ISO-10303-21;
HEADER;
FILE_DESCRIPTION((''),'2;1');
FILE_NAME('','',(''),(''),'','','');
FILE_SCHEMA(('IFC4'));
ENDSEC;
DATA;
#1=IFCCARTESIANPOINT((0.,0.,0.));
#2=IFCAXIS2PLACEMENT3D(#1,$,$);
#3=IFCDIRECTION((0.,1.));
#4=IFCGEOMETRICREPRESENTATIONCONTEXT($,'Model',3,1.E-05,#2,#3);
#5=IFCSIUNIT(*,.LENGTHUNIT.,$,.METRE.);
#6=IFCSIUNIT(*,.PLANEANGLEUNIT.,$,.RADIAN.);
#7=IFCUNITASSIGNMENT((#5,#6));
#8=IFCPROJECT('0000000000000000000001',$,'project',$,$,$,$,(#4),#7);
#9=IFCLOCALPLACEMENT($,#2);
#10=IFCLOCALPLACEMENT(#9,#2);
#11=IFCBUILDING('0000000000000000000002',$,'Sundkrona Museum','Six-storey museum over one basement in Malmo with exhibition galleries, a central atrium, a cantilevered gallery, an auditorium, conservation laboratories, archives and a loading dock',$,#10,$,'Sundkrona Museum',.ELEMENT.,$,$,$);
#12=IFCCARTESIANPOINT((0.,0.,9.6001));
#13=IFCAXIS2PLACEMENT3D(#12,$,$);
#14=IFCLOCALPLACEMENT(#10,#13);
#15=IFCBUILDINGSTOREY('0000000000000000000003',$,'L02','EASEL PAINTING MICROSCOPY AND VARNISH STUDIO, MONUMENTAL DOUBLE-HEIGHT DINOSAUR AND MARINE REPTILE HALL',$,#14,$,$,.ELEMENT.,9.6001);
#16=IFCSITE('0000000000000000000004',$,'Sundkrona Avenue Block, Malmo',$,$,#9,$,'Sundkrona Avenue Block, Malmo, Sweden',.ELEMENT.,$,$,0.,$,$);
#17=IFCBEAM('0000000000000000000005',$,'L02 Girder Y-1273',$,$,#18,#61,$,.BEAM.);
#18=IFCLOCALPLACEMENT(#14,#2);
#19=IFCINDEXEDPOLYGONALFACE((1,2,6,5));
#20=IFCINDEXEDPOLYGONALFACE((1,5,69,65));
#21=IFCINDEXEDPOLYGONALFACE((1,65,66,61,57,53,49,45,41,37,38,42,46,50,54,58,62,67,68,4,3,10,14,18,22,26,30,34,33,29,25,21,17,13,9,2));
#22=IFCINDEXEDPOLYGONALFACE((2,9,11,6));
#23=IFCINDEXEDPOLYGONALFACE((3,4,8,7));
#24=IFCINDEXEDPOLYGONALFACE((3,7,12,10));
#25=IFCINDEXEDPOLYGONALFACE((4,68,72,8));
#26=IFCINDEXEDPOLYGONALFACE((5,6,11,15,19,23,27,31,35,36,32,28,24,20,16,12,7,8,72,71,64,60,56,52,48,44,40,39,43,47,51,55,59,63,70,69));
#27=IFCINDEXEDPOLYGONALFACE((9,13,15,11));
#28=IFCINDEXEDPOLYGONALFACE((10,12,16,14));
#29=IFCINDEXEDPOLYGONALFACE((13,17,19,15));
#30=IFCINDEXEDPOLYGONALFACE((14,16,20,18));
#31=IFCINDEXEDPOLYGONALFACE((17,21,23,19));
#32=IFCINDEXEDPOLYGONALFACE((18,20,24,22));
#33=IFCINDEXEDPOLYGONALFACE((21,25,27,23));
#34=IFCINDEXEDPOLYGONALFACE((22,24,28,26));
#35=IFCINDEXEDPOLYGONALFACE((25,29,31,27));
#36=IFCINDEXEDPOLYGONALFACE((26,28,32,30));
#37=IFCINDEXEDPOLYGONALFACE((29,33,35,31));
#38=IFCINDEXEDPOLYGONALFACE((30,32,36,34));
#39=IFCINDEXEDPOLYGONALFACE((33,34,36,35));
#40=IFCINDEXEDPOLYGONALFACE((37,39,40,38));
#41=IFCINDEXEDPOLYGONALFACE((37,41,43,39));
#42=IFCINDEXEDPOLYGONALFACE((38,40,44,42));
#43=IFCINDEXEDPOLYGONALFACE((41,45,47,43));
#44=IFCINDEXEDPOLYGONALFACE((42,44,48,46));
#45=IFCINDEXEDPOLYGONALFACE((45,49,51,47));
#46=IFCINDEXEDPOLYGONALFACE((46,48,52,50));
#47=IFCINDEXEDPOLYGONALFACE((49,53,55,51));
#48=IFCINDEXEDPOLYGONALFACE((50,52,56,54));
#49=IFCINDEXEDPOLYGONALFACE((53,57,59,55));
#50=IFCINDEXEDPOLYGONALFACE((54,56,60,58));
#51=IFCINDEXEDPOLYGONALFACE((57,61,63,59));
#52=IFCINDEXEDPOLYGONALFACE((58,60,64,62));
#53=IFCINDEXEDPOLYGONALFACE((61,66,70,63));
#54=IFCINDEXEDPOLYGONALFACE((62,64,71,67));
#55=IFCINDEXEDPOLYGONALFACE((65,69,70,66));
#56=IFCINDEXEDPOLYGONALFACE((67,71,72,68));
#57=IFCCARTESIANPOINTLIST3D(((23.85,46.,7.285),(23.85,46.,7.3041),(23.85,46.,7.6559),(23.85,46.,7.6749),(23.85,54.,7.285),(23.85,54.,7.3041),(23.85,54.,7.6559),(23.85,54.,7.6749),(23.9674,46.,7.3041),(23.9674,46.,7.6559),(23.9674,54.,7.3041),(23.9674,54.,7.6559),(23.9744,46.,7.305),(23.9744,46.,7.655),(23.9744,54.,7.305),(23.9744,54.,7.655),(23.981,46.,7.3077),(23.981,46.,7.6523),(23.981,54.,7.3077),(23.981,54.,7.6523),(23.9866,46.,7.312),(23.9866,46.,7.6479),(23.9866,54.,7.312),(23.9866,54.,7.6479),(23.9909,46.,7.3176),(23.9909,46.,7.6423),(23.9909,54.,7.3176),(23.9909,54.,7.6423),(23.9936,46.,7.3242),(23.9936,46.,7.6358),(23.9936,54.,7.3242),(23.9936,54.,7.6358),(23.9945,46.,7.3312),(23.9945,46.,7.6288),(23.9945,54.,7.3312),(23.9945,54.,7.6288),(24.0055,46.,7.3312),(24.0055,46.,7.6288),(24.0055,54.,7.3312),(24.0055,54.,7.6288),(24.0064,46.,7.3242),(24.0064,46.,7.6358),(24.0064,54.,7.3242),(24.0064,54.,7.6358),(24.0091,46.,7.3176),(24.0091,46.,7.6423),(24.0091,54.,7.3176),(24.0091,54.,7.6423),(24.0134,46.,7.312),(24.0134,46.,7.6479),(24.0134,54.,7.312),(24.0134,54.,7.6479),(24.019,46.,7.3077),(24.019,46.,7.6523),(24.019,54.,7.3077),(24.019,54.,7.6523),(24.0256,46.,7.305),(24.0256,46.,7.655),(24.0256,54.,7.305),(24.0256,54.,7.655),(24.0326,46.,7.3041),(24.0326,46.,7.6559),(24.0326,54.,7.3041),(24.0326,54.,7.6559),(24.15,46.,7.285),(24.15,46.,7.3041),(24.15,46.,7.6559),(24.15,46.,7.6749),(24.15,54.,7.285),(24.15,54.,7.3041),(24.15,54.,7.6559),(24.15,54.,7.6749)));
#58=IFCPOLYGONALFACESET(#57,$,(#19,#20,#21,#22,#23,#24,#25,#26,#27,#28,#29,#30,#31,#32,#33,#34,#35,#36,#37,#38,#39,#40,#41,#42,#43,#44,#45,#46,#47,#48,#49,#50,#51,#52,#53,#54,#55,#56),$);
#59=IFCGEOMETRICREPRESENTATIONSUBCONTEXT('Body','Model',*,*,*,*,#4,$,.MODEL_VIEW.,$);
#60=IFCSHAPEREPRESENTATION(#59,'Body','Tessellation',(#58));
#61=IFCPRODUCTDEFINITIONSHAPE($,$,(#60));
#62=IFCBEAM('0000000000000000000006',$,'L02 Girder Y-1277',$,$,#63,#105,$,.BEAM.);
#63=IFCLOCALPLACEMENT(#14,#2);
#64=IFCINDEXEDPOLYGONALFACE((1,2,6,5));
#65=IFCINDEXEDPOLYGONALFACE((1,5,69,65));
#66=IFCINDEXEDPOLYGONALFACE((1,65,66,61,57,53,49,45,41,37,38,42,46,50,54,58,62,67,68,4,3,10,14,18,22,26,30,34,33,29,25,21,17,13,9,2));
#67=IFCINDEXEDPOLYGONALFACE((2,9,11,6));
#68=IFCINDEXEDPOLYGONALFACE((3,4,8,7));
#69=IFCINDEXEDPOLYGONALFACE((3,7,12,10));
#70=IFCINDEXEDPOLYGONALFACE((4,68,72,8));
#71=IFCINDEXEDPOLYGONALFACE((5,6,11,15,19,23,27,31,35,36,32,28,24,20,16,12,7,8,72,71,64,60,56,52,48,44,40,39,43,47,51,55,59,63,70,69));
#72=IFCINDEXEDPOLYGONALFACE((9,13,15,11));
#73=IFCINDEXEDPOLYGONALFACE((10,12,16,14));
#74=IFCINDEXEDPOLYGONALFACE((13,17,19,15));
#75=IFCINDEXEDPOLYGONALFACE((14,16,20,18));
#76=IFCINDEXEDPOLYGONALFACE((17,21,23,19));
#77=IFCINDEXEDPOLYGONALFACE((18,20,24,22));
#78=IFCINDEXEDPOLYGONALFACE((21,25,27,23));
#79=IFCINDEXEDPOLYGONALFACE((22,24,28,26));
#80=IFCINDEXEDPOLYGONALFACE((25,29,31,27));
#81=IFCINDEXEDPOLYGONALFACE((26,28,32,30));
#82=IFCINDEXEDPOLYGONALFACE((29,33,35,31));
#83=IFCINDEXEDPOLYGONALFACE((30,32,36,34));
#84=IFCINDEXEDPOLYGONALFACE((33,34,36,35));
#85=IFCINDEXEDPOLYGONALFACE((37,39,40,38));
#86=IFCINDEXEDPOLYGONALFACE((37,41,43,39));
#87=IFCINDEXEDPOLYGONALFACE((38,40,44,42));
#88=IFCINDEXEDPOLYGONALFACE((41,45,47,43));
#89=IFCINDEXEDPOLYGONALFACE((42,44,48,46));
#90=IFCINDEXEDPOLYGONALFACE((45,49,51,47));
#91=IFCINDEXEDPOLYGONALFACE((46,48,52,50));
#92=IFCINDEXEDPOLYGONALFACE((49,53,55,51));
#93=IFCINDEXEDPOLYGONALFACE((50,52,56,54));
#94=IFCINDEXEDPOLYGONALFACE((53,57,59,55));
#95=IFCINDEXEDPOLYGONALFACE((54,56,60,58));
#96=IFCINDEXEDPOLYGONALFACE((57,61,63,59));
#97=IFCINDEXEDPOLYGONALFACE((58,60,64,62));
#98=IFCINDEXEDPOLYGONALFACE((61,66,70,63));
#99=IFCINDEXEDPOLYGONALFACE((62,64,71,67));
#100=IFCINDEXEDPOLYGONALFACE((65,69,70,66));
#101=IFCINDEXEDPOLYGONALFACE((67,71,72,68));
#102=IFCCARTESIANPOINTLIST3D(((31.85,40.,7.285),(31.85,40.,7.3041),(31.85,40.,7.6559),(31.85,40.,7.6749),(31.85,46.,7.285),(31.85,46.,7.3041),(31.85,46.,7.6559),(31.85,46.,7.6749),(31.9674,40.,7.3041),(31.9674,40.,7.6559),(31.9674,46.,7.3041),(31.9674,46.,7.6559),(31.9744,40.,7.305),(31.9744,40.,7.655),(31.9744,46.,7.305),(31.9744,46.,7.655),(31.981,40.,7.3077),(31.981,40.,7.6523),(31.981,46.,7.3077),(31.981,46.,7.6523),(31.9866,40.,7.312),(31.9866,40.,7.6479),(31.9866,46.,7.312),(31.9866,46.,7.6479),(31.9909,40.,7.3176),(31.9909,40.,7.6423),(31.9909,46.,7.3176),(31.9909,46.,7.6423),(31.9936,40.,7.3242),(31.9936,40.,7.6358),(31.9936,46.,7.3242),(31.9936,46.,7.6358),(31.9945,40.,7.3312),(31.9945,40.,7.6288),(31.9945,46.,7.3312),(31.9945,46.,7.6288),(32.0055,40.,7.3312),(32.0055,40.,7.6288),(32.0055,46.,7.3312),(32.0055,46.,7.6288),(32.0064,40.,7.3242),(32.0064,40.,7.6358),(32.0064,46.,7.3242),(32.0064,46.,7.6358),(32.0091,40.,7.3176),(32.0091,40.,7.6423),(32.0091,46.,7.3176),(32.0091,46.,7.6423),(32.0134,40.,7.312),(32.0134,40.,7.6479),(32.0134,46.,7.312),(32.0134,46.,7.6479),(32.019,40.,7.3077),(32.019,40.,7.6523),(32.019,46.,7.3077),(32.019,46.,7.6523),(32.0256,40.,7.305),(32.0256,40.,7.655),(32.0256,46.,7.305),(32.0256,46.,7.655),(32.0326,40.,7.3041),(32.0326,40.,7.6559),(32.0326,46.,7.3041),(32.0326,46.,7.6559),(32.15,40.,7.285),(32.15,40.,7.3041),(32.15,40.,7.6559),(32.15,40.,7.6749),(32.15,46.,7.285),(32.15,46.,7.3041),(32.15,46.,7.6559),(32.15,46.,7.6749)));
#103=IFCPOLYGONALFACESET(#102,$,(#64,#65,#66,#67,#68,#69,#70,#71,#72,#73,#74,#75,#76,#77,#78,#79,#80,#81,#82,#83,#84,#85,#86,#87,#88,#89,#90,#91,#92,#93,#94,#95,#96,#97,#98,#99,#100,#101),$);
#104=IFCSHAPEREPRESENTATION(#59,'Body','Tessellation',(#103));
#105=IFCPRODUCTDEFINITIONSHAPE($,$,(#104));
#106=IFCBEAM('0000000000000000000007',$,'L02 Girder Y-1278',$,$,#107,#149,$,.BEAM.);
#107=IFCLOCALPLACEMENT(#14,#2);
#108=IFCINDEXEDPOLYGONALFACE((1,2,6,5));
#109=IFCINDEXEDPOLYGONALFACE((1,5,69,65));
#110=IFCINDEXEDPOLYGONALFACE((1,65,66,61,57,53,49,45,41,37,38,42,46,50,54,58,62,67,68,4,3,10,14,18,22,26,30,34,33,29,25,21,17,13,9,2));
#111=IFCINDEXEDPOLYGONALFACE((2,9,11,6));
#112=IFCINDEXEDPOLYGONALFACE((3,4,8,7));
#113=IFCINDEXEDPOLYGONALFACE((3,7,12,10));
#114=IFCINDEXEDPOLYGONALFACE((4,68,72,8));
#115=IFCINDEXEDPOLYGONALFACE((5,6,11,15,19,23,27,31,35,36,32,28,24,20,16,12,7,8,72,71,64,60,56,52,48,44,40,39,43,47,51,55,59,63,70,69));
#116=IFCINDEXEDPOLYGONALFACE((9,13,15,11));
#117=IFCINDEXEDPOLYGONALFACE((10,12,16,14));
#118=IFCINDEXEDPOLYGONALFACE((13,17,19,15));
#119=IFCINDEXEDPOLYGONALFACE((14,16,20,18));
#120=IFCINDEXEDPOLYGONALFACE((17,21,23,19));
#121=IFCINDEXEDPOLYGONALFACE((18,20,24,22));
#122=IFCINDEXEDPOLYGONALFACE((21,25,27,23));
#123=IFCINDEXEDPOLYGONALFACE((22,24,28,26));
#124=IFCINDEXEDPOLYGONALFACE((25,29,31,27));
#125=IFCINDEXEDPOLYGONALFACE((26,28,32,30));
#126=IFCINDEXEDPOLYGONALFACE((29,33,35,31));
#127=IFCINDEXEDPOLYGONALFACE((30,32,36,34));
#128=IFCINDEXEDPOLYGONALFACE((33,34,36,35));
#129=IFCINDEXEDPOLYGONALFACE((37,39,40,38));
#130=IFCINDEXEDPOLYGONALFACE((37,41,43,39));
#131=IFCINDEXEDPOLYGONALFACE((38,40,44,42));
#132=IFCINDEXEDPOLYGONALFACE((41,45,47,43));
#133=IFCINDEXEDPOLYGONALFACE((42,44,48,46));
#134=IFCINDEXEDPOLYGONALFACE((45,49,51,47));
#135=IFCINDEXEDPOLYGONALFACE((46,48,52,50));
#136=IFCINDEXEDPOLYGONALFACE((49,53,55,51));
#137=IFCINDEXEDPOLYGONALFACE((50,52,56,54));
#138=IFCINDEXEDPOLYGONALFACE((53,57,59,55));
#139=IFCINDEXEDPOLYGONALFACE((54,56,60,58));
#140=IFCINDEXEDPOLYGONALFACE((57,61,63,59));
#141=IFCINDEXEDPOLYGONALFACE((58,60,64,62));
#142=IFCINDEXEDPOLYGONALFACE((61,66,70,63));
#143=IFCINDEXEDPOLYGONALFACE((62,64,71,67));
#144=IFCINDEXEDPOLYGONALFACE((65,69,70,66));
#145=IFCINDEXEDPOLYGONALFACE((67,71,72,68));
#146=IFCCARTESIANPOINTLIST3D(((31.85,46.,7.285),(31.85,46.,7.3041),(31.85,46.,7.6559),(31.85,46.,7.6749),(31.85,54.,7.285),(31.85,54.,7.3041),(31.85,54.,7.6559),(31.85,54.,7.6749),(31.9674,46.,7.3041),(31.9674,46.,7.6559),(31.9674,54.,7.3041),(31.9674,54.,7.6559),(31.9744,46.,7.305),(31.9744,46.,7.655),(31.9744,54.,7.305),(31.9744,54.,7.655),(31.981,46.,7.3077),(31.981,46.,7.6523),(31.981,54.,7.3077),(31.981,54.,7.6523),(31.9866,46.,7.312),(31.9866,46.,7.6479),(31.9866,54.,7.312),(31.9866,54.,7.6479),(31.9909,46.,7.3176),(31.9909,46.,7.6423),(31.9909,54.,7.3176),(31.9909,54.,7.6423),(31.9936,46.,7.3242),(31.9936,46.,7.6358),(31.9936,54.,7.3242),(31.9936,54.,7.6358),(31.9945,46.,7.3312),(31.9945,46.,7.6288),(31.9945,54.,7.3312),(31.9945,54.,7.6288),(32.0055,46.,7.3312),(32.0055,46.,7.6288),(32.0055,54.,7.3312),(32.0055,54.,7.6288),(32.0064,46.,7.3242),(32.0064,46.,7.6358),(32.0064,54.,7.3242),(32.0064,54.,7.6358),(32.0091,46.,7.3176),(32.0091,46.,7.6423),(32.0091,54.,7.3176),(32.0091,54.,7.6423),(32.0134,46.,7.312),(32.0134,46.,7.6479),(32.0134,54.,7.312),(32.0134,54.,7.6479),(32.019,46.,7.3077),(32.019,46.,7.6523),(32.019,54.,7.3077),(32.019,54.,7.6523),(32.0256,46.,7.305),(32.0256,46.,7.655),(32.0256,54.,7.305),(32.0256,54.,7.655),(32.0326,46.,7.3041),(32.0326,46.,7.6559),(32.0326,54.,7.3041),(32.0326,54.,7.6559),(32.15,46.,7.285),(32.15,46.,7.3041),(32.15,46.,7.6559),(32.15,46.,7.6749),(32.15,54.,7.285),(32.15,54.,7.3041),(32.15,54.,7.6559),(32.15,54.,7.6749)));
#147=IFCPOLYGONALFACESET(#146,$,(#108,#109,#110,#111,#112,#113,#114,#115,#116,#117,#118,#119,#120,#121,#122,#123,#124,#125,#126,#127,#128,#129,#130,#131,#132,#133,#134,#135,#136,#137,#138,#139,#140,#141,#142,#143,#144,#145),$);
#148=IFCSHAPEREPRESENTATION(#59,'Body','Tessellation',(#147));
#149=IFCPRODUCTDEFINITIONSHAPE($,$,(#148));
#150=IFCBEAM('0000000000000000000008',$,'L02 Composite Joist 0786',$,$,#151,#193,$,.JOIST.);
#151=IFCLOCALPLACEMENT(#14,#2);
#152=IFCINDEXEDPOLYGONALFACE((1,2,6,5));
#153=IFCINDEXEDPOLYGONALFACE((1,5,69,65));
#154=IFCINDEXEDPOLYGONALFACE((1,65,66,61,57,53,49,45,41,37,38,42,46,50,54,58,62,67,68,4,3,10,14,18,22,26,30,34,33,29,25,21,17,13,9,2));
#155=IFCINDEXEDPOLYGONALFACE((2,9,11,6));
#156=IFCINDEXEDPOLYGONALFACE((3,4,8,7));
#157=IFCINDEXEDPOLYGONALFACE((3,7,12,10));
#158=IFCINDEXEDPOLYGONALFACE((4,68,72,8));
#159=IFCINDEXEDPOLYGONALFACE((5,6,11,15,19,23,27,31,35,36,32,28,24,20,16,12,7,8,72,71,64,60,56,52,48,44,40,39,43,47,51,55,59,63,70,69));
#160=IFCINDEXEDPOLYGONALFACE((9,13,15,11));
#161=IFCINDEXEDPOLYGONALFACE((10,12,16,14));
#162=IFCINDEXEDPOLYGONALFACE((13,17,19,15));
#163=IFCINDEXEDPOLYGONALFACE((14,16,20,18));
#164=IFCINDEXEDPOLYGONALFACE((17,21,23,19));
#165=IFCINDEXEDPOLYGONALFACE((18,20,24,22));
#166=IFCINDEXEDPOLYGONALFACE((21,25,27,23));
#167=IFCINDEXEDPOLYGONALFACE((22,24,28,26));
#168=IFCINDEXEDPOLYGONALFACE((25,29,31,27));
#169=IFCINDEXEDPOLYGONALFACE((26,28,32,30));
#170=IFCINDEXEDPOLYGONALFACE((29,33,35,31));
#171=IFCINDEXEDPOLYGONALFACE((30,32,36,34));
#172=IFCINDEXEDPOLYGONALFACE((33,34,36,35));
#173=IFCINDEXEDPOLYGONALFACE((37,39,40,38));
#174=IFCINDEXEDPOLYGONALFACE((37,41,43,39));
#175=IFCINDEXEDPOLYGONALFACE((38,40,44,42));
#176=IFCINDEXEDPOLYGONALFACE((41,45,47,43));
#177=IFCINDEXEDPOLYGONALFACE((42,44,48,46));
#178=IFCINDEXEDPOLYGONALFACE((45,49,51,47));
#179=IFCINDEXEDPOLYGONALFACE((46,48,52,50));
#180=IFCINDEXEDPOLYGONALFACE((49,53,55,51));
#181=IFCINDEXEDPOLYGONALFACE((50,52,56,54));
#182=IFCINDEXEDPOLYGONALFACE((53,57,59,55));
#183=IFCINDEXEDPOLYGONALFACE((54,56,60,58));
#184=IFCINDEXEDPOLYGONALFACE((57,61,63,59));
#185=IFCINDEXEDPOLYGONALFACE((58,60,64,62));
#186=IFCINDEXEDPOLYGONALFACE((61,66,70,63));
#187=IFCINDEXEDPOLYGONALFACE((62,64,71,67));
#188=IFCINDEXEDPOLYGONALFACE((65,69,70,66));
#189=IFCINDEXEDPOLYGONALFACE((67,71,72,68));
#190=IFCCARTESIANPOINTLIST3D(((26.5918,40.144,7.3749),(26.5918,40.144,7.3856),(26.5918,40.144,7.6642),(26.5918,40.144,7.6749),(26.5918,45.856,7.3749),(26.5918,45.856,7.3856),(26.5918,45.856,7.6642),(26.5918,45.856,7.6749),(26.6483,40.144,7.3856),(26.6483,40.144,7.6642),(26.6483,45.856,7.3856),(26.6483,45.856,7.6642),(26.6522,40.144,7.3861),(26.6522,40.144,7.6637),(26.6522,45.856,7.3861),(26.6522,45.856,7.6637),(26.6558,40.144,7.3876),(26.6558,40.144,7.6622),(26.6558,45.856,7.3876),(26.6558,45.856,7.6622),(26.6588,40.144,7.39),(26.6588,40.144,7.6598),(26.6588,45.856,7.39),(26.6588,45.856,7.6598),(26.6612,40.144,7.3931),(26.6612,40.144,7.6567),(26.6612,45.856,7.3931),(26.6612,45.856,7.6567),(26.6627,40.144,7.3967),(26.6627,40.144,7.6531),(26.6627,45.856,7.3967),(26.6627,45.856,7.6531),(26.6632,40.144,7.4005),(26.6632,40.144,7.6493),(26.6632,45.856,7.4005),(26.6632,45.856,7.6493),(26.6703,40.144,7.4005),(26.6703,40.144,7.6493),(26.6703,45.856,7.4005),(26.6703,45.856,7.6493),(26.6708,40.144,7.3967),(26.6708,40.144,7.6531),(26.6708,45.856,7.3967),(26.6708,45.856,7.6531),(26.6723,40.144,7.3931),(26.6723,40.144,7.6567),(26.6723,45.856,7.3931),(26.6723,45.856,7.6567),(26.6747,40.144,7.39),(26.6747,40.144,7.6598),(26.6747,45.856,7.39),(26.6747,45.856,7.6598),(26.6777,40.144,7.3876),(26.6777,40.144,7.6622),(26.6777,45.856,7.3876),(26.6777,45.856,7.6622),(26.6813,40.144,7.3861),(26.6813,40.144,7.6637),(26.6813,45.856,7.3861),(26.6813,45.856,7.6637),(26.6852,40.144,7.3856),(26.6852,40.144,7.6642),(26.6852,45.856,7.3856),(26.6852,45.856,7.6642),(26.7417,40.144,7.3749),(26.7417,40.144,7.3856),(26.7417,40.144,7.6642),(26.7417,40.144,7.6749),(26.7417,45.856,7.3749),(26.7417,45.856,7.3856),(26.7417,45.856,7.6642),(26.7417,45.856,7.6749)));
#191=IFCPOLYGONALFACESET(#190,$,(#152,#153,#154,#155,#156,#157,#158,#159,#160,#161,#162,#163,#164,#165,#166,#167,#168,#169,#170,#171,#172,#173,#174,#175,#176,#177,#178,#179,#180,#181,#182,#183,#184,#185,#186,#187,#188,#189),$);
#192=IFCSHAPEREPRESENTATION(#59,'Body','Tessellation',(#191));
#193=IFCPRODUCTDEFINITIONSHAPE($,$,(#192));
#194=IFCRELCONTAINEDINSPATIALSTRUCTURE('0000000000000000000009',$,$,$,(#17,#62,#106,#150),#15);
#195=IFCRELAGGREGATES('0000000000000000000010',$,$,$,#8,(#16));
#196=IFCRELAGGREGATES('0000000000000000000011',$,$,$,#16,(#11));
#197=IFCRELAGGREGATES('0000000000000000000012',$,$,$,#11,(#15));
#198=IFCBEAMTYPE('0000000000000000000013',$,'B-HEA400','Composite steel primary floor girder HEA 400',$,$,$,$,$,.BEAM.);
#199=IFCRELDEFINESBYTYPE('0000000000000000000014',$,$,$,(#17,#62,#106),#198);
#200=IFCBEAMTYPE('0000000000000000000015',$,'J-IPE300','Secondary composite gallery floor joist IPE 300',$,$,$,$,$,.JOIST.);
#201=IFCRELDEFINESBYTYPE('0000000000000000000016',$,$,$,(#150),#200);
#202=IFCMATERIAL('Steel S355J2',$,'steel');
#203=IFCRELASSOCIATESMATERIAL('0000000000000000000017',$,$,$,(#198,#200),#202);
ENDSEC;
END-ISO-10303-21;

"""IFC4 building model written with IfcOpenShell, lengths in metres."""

from ifc_helpers import new_model, si_unit, direction, frame, origin, origin_2d, place, context, subcontext, project, spatial, i_section, extrude, material, material_profile, profile_set, type_object, element, save


model = new_model("IFC4")

# Units and contexts
model_context = context("Model", 3, precision=1e-05, world=origin(), true_north=direction((0.0, 1.0)))
body_context = subcontext(model_context, "Body", "Model", "MODEL_VIEW")
ifc_project = project(units=[si_unit("LENGTHUNIT", "METRE"), si_unit("PLANEANGLEUNIT", "RADIAN")], contexts=[model_context])

# Site, building, storey
site_placement = place(None, origin())
site = spatial("IfcSite", under=ifc_project, at=site_placement, Name="Sundkrona Avenue Block, Malmo", LongName="Sundkrona Avenue Block, Malmo, Sweden", CompositionType="ELEMENT", RefElevation=0.0)
building_placement = place(site_placement, origin())
building = spatial("IfcBuilding", under=site, at=building_placement, Name="Sundkrona Museum", Description="Six-storey museum over one basement in Malmo with exhibition galleries, a central atrium, a cantilevered gallery, an auditorium, conservation laboratories, archives and a loading dock", LongName="Sundkrona Museum", CompositionType="ELEMENT")
storey_placement = place(building_placement, frame((0.0, 0.0, 9.6001)))
storey = spatial("IfcBuildingStorey", under=building, at=storey_placement, Name="L02", Description="EASEL PAINTING MICROSCOPY AND VARNISH STUDIO, MONUMENTAL DOUBLE-HEIGHT DINOSAUR AND MARINE REPTILE HALL", CompositionType="ELEMENT", Elevation=9.6001)

# Shared definitions
ifc_material_1 = material(Name="Steel S355J2", Category="steel")

# Beams
ifc_material_profile_1 = material_profile(ifc_material_1, i_section(OverallWidth=0.3, OverallDepth=0.3899, WebThickness=0.011, FlangeThickness=0.019, FilletRadius=0.0271, at=origin_2d()), Name="HEA 400")
ifc_profile_set_1 = profile_set([ifc_material_profile_1], Name="Steel S355J2")
beam_type_1 = type_object("IfcBeamType", Name="B-HEA400", Description="Composite steel primary floor girder HEA 400", PredefinedType="BEAM", material=ifc_profile_set_1)
beam_1_placement = place(storey_placement, frame((24.0, 46.0, 7.48), z_axis=(0.0, 1.0, 0.0), x_axis=(-1.0, 0.0, 0.0)))
element("IfcBeam", 1, at=beam_1_placement, inside=storey, type_object=beam_type_1, Name="L02 Girder Y-1273", PredefinedType="BEAM", context=body_context, shape_type="SweptSolid", body=[
    extrude(i_section(OverallWidth=0.3, OverallDepth=0.3899, WebThickness=0.011, FlangeThickness=0.019, FilletRadius=0.0271, at=origin_2d()), origin(), (0.0, 0.0, 1.0), 8.0),
])
beam_2_placement = place(storey_placement, frame((32.0, 40.0, 7.48), z_axis=(0.0, 1.0, 0.0), x_axis=(-1.0, 0.0, 0.0)))
element("IfcBeam", 2, at=beam_2_placement, inside=storey, type_object=beam_type_1, Name="L02 Girder Y-1277", PredefinedType="BEAM", context=body_context, shape_type="SweptSolid", body=[
    extrude(i_section(OverallWidth=0.3, OverallDepth=0.3899, WebThickness=0.011, FlangeThickness=0.019, FilletRadius=0.0271, at=origin_2d()), origin(), (0.0, 0.0, 1.0), 6.0),
])
beam_3_placement = place(storey_placement, frame((32.0, 46.0, 7.48), z_axis=(0.0, 1.0, 0.0), x_axis=(-1.0, 0.0, 0.0)))
element("IfcBeam", 3, at=beam_3_placement, inside=storey, type_object=beam_type_1, Name="L02 Girder Y-1278", PredefinedType="BEAM", context=body_context, shape_type="SweptSolid", body=[
    extrude(i_section(OverallWidth=0.3, OverallDepth=0.3899, WebThickness=0.011, FlangeThickness=0.019, FilletRadius=0.0271, at=origin_2d()), origin(), (0.0, 0.0, 1.0), 8.0),
])
ifc_material_profile_2 = material_profile(ifc_material_1, i_section(OverallWidth=0.1499, OverallDepth=0.3, WebThickness=0.0071, FlangeThickness=0.0107, FilletRadius=0.0149, at=origin_2d()), Name="IPE 300")
ifc_profile_set_2 = profile_set([ifc_material_profile_2], Name="Steel S355J2")
beam_type_2 = type_object("IfcBeamType", Name="J-IPE300", Description="Secondary composite gallery floor joist IPE 300", PredefinedType="JOIST", material=ifc_profile_set_2)
for number, where, z_axis, x_axis, name in (
    (4, (26.6667, 40.144, 7.5249), (0.0, 1.0, 0.0), (-1.0, 0.0, 0.0), "L02 Composite Joist 0786"),
):
    element("IfcBeam", number, at=place(storey_placement, frame(where, z_axis=z_axis, x_axis=x_axis)), inside=storey, type_object=beam_type_2, Name=name, PredefinedType="JOIST", context=body_context, shape_type="SweptSolid", body=[
        extrude(i_section(OverallWidth=0.1499, OverallDepth=0.3, WebThickness=0.0071, FlangeThickness=0.0107, FilletRadius=0.0149, at=origin_2d()), origin(), (0.0, 0.0, 1.0), 5.7119),
    ])

save(model, "model.ifc")
